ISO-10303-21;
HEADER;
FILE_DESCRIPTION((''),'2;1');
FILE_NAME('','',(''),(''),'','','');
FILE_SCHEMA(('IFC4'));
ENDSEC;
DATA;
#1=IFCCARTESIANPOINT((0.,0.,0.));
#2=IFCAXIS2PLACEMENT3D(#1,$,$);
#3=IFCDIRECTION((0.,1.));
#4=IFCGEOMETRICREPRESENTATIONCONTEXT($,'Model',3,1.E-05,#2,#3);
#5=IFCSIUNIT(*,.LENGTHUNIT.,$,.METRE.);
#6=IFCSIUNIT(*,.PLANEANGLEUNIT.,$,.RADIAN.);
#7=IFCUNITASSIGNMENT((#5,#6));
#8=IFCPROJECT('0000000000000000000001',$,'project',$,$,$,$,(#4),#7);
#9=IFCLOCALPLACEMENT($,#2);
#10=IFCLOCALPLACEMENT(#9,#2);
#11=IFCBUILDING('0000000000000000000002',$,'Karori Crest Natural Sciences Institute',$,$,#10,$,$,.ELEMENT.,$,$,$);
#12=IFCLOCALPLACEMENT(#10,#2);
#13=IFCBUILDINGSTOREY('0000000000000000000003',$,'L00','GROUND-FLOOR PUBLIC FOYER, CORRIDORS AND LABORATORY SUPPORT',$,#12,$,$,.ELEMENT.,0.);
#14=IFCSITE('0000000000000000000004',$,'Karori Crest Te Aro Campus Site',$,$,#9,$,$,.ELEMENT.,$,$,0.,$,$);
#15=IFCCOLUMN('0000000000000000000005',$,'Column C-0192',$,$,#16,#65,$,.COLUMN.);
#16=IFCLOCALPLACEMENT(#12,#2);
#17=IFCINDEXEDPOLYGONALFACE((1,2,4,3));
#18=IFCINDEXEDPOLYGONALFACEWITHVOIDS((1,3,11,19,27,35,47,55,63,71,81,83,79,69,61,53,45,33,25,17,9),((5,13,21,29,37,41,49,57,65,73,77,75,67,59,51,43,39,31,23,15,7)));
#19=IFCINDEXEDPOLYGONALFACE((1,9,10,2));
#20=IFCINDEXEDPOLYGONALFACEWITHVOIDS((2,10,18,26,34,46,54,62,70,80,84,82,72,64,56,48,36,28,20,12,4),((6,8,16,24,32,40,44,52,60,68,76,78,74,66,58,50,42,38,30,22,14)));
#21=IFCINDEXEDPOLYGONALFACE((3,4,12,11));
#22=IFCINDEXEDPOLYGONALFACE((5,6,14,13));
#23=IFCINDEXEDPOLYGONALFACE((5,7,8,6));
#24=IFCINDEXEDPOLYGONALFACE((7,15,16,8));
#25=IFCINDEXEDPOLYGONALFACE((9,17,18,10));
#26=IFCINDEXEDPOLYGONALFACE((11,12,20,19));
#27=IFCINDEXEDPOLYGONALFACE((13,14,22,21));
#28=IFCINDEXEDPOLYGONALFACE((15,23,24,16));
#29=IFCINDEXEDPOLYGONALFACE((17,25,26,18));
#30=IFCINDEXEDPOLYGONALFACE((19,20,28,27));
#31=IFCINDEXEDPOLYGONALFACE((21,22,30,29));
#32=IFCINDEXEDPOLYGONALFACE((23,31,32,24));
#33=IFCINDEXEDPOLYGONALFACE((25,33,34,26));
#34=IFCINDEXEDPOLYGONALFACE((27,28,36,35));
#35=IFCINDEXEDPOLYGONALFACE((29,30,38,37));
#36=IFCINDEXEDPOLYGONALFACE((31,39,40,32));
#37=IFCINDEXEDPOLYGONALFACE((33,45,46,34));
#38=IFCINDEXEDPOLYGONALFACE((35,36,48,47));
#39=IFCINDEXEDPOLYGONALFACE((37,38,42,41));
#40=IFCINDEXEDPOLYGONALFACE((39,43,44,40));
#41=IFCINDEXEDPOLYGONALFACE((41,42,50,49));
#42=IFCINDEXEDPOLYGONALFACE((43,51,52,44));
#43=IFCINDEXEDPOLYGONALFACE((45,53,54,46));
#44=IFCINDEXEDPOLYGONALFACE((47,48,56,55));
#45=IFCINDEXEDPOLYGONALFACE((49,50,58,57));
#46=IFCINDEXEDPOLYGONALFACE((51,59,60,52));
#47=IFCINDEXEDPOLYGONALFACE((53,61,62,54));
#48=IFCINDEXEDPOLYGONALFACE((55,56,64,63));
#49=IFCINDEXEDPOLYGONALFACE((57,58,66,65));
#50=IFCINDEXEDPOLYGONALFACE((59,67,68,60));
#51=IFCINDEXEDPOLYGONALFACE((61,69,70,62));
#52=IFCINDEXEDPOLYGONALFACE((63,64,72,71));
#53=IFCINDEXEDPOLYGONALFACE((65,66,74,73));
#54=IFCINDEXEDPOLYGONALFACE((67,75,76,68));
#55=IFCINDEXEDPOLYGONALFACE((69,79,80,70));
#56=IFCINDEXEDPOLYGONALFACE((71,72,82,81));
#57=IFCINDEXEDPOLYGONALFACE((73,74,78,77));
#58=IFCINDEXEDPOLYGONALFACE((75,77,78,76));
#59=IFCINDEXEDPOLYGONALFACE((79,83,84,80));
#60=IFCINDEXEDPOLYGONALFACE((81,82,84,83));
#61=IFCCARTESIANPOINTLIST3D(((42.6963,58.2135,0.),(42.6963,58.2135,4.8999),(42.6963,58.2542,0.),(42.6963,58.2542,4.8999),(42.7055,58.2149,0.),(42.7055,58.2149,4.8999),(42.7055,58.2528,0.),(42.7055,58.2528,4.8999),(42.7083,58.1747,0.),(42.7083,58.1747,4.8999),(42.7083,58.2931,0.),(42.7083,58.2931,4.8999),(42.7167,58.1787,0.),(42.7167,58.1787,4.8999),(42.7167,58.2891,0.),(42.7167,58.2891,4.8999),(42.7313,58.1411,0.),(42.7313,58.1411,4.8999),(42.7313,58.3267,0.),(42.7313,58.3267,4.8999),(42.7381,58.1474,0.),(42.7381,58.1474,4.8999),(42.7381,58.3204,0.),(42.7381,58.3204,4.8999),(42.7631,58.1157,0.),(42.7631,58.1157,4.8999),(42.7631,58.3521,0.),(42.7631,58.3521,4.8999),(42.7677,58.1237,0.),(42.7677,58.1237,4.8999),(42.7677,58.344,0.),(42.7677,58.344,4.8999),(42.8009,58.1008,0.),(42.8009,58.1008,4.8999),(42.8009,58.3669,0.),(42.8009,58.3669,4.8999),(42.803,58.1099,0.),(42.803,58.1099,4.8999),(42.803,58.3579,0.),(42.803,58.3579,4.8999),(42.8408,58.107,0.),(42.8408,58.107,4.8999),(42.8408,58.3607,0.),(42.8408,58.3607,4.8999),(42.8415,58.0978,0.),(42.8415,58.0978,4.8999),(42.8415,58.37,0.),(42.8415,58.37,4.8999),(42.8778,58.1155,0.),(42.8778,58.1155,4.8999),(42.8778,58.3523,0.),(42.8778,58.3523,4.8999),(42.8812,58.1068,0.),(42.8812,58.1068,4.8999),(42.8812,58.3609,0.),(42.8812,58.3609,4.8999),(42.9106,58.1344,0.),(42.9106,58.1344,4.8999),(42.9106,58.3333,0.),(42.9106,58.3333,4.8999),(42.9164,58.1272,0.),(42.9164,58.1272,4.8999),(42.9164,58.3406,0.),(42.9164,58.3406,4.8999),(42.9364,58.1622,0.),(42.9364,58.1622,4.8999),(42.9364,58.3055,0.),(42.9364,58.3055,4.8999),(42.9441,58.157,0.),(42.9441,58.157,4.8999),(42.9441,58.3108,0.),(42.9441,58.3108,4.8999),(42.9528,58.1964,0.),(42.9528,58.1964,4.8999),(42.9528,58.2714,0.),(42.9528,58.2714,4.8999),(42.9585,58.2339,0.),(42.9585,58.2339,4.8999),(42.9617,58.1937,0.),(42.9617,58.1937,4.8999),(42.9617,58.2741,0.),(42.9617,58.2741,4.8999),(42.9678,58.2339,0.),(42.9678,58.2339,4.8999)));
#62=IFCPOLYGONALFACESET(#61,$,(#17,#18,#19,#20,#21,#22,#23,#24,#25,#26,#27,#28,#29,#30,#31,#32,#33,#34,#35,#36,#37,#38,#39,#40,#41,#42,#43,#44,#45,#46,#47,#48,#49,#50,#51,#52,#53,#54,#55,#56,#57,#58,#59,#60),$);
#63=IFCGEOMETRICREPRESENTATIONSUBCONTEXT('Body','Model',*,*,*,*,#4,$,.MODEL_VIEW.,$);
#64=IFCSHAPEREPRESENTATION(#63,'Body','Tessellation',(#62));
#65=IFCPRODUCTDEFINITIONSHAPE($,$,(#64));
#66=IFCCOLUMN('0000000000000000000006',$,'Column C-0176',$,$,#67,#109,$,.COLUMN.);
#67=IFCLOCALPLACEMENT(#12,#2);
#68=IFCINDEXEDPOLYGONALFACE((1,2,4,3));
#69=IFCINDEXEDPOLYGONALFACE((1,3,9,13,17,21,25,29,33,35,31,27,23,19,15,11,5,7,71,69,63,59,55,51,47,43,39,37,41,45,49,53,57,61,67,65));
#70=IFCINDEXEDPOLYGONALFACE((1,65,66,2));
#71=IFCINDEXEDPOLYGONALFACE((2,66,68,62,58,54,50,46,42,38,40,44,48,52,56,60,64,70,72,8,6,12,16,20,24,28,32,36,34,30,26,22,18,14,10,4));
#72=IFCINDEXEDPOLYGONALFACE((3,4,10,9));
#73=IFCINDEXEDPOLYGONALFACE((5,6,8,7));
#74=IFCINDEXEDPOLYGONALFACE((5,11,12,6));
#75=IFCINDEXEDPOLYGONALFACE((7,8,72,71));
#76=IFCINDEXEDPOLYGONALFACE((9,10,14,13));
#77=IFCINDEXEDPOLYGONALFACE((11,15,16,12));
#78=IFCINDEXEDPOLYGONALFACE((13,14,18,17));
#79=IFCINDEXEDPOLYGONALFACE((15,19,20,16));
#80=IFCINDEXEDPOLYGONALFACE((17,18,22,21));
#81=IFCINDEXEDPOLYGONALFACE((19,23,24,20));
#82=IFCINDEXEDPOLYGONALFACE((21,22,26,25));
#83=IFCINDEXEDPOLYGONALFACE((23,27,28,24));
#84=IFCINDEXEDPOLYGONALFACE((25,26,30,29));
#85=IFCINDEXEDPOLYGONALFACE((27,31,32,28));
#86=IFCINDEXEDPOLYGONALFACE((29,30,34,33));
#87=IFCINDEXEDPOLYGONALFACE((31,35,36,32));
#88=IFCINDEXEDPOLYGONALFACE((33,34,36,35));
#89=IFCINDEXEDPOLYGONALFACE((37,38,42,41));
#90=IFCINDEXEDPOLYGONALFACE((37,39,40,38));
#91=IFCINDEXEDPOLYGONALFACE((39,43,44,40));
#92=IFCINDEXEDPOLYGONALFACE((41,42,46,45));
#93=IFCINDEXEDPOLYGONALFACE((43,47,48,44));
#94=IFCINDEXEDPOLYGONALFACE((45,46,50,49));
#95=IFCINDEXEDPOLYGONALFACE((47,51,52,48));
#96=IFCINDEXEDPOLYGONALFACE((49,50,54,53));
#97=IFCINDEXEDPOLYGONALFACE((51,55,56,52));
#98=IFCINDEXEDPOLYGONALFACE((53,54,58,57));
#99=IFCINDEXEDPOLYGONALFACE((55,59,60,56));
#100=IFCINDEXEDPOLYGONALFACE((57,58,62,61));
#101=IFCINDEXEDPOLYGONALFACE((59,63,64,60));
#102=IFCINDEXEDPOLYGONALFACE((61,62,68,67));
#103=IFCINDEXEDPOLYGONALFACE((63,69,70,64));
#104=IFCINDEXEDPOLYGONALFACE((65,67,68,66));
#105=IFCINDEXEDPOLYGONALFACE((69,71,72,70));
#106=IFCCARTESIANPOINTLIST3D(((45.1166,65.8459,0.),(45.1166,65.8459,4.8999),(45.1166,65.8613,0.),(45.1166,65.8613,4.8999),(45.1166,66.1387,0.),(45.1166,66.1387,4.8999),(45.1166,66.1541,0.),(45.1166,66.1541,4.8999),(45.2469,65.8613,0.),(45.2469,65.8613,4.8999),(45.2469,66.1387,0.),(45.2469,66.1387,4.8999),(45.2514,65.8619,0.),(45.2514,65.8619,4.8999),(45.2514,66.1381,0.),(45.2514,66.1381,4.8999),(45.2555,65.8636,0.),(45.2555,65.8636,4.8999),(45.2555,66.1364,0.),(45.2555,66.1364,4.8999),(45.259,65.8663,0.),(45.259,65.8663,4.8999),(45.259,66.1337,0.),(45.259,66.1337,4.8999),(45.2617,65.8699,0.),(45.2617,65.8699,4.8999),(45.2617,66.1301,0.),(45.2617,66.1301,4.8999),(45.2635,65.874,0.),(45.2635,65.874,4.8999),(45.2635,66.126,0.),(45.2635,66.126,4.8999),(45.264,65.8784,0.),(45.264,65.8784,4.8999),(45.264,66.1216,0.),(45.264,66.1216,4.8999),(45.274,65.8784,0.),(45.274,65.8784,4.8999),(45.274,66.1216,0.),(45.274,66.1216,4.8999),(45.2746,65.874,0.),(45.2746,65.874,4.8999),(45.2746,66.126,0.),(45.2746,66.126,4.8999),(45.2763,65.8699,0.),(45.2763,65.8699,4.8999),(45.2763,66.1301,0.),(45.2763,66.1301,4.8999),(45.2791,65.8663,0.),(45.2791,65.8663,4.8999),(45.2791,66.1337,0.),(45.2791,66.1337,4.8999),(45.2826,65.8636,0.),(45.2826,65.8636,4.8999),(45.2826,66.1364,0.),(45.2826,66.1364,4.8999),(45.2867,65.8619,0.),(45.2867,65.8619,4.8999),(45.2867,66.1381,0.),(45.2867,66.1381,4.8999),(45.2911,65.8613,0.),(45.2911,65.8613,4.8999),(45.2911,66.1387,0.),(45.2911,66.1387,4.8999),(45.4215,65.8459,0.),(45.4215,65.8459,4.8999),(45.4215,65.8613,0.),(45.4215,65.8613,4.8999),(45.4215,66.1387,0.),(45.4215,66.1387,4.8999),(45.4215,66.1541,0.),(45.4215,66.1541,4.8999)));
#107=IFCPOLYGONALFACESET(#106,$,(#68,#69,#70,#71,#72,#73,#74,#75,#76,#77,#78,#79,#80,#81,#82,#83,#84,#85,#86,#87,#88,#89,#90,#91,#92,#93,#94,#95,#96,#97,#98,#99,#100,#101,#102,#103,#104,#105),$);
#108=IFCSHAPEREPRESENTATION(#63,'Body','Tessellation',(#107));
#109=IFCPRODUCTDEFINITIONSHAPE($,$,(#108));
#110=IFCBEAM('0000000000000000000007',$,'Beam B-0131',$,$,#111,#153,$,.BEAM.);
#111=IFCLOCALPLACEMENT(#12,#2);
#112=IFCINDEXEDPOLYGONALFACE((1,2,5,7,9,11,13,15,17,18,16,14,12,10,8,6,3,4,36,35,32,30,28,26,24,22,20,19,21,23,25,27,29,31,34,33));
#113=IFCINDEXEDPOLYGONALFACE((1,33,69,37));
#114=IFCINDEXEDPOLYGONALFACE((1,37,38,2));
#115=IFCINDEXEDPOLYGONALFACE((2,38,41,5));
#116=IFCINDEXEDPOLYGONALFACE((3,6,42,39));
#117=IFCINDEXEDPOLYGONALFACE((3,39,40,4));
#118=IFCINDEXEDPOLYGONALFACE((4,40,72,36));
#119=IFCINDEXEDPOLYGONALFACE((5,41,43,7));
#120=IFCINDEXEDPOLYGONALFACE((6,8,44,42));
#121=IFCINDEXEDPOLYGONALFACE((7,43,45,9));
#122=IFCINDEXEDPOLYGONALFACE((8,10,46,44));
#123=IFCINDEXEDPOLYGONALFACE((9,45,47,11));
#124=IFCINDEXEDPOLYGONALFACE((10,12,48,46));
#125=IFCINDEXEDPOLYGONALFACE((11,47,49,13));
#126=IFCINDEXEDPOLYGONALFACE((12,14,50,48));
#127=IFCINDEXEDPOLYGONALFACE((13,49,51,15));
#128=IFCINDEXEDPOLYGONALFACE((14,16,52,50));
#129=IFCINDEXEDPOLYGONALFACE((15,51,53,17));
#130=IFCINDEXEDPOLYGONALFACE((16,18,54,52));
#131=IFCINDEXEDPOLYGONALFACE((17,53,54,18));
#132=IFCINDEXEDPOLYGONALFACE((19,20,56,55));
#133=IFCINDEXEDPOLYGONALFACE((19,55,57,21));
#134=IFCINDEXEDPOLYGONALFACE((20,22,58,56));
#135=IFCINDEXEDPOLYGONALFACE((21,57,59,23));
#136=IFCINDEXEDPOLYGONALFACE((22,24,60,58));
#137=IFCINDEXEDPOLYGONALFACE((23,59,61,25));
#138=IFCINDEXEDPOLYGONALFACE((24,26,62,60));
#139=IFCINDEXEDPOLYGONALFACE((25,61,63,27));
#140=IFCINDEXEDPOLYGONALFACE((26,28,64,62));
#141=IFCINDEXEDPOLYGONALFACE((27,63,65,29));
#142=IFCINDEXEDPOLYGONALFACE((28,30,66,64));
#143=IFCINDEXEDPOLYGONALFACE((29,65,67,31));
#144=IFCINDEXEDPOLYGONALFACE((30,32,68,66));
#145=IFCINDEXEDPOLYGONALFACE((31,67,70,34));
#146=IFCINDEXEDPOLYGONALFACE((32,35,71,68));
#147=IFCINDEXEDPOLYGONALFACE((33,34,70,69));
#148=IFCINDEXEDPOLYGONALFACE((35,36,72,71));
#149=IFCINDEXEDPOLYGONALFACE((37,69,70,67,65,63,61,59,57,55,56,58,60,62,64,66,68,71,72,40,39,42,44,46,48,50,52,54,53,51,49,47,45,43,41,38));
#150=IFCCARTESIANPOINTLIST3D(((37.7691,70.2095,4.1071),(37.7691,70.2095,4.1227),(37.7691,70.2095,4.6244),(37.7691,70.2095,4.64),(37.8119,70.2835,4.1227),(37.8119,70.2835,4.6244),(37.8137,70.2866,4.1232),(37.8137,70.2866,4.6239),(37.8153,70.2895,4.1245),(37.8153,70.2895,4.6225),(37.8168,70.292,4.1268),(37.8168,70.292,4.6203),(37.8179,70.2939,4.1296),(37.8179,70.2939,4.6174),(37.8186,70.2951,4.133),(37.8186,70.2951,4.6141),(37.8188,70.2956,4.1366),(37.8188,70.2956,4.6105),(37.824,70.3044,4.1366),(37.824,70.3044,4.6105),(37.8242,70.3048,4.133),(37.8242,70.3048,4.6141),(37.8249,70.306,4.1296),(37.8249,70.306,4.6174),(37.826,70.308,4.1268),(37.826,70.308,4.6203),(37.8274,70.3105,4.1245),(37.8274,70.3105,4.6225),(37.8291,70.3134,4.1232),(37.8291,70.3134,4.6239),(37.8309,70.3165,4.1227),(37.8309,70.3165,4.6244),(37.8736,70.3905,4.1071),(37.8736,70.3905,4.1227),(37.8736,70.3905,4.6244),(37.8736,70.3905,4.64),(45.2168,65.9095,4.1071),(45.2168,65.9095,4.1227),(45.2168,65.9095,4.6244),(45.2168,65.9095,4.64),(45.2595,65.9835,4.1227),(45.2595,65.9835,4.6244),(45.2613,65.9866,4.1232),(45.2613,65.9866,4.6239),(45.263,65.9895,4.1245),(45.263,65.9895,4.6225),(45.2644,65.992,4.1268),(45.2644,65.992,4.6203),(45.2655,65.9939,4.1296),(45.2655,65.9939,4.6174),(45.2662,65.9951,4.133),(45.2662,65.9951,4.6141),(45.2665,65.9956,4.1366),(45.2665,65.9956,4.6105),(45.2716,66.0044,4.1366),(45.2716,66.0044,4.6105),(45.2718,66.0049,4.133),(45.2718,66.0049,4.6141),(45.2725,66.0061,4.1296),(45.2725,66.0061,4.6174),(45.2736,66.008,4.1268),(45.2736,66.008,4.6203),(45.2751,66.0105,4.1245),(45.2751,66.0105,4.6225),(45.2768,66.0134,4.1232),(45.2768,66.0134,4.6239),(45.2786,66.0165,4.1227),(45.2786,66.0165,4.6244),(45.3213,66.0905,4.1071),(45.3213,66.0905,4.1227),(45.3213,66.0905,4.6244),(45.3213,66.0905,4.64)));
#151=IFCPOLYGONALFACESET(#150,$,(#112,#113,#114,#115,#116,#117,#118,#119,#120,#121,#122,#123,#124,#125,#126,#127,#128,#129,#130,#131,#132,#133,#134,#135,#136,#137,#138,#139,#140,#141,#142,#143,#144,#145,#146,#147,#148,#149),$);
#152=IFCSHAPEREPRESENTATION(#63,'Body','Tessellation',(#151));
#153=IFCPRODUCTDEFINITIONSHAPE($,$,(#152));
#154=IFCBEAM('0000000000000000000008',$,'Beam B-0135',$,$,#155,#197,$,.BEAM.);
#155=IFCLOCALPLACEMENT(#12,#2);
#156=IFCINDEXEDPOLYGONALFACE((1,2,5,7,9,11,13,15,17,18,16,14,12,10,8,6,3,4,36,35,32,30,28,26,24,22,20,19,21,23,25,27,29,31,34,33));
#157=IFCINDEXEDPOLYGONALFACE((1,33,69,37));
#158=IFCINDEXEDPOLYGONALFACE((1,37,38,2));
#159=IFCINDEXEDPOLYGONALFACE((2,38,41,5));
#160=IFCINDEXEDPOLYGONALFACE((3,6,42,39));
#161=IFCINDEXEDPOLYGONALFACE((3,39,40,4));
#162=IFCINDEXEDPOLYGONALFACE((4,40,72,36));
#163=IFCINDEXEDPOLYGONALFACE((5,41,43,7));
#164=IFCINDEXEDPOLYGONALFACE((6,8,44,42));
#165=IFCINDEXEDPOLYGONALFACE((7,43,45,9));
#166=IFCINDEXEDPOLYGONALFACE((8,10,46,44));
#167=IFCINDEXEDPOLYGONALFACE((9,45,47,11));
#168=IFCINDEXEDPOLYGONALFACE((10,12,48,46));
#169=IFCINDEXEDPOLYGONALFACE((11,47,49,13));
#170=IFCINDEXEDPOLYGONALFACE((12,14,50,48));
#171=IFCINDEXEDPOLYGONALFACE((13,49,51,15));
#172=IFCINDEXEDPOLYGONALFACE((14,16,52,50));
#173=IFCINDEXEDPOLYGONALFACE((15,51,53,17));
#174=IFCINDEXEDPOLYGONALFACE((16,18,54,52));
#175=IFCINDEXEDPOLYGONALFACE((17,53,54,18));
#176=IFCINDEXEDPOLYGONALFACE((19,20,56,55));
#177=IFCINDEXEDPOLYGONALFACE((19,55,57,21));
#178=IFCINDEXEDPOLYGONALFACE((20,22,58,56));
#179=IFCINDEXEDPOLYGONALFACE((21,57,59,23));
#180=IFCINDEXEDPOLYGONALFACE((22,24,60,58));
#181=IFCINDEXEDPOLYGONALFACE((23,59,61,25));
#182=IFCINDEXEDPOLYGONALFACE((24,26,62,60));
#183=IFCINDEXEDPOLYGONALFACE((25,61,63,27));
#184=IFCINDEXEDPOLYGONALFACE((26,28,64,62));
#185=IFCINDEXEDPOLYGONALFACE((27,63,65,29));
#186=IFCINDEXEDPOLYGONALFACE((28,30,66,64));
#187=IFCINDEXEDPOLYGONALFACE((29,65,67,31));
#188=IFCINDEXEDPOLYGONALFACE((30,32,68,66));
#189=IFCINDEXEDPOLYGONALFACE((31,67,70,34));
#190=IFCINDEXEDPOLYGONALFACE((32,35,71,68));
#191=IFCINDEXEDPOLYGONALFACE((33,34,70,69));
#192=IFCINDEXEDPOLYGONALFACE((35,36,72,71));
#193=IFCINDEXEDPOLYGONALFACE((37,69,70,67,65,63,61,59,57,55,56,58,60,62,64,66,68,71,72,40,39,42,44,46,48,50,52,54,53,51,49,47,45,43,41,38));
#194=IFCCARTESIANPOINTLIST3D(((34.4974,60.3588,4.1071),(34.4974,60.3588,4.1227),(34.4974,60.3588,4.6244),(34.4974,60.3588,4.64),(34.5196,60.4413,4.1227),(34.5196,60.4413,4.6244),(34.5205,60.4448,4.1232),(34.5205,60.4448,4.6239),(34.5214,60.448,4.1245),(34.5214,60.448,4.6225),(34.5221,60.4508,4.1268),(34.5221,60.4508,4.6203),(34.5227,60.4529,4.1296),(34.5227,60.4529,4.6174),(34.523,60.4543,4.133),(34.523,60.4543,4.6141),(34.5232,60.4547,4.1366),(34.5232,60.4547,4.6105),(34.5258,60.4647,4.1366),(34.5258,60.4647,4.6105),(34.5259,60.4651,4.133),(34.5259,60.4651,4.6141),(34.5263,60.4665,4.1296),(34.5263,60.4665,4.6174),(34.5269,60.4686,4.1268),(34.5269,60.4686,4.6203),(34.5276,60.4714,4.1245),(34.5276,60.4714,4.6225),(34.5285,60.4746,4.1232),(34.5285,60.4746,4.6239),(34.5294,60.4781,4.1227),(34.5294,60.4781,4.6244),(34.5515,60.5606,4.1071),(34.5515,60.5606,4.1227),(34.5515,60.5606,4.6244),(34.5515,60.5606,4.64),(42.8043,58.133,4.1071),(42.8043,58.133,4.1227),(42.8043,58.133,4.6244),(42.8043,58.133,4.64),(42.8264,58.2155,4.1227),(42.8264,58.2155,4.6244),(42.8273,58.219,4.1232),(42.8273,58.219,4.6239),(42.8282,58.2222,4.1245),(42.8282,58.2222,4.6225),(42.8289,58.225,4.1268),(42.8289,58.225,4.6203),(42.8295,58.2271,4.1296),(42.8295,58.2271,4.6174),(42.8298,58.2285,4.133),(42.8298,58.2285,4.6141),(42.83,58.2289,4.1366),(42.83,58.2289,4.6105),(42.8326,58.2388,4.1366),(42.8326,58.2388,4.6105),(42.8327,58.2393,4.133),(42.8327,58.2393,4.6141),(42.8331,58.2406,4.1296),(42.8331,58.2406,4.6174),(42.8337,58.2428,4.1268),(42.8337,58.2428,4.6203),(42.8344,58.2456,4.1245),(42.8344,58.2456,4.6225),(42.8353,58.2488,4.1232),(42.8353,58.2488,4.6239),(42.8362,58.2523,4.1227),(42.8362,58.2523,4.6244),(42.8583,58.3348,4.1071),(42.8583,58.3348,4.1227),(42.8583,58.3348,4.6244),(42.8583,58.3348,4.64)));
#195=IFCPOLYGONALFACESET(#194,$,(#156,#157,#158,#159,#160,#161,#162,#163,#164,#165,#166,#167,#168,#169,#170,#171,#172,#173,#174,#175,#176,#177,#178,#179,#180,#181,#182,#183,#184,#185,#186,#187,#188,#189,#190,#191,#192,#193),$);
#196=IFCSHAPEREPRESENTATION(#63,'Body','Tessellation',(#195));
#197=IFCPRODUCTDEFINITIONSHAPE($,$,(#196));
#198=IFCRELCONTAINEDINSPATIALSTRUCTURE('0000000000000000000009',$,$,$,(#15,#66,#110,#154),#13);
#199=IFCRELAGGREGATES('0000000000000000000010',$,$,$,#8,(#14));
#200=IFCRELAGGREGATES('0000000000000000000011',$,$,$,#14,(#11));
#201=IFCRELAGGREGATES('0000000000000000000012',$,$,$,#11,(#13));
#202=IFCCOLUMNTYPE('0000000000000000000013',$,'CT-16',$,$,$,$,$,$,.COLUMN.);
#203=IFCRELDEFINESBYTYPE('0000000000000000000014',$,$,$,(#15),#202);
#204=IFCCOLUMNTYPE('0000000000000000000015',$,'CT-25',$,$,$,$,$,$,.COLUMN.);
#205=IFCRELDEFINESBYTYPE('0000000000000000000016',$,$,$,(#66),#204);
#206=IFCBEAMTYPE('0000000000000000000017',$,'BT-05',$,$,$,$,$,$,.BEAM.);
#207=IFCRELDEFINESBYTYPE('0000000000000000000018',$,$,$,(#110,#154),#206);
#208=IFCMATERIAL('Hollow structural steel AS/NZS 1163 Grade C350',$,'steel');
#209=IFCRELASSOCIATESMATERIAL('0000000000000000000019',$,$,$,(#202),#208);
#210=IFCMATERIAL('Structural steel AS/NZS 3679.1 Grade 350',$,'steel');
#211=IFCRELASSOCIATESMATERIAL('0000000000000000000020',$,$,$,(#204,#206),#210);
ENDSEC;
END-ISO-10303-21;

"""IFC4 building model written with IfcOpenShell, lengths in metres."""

from ifc_helpers import new_model, si_unit, direction, frame, origin, origin_2d, place, context, subcontext, project, spatial, hollow_circle, i_section, extrude, material, material_profile, profile_set, type_object, element, save


model = new_model("IFC4")

# Units and contexts
model_context = context("Model", 3, precision=1e-05, world=origin(), true_north=direction((0.0, 1.0)))
body_context = subcontext(model_context, "Body", "Model", "MODEL_VIEW")
ifc_project = project(units=[si_unit("LENGTHUNIT", "METRE"), si_unit("PLANEANGLEUNIT", "RADIAN")], contexts=[model_context])

# Site, building, storey
site_placement = place(None, origin())
site = spatial("IfcSite", under=ifc_project, at=site_placement, Name="Karori Crest Te Aro Campus Site", CompositionType="ELEMENT", RefElevation=0.0)
building_placement = place(site_placement, origin())
building = spatial("IfcBuilding", under=site, at=building_placement, Name="Karori Crest Natural Sciences Institute", CompositionType="ELEMENT")
storey_placement = place(building_placement, origin())
storey = spatial("IfcBuildingStorey", under=building, at=storey_placement, Name="L00", Description="GROUND-FLOOR PUBLIC FOYER, CORRIDORS AND LABORATORY SUPPORT", CompositionType="ELEMENT", Elevation=0.0)

# Columns
ifc_material_1 = material(Name="Hollow structural steel AS/NZS 1163 Grade C350", Category="steel")
ifc_material_profile_1 = material_profile(ifc_material_1, hollow_circle(Radius=0.1365, WallThickness=0.0093, at=origin_2d()), Name="CHS273.0x9.3")
ifc_profile_set_1 = profile_set([ifc_material_profile_1], Name="Hollow structural steel AS/NZS 1163 Grade C350")
column_type_1 = type_object("IfcColumnType", Name="CT-16", PredefinedType="COLUMN", material=ifc_profile_set_1)
column_1_placement = place(storey_placement, frame((42.8313, 58.2339, 0.0), z_axis=(0.0, 0.0, 1.0), x_axis=(1.0, 0.0, 0.0)))
element("IfcColumn", 1, at=column_1_placement, inside=storey, type_object=column_type_1, Name="Column C-0192", PredefinedType="COLUMN", context=body_context, shape_type="SweptSolid", body=[
    extrude(hollow_circle(Radius=0.1365, WallThickness=0.0093, at=origin_2d()), origin(), (0.0, 0.0, 1.0), 4.8999),
])
ifc_material_2 = material(Name="Structural steel AS/NZS 3679.1 Grade 350", Category="steel")
ifc_material_profile_2 = material_profile(ifc_material_2, i_section(OverallWidth=0.3049, OverallDepth=0.3081, WebThickness=0.01, FlangeThickness=0.0154, FilletRadius=0.0171, at=origin_2d()), Name="310UC96.8")
ifc_profile_set_2 = profile_set([ifc_material_profile_2], Name="Structural steel AS/NZS 3679.1 Grade 350")
column_type_2 = type_object("IfcColumnType", Name="CT-25", PredefinedType="COLUMN", material=ifc_profile_set_2)
column_2_placement = place(storey_placement, frame((45.269, 66.0, 0.0), z_axis=(0.0, 0.0, 1.0), x_axis=(1.0, 0.0, 0.0)))
element("IfcColumn", 2, at=column_2_placement, inside=storey, type_object=column_type_2, Name="Column C-0176", PredefinedType="COLUMN", context=body_context, shape_type="SweptSolid", body=[
    extrude(i_section(OverallWidth=0.3049, OverallDepth=0.3081, WebThickness=0.01, FlangeThickness=0.0154, FilletRadius=0.0171, at=origin_2d()), origin(), (0.0, 0.0, 1.0), 4.8999),
])

# Beams
ifc_material_profile_3 = material_profile(ifc_material_2, i_section(OverallWidth=0.209, OverallDepth=0.533, WebThickness=0.0103, FlangeThickness=0.0156, FilletRadius=0.0139, at=origin_2d()), Name="530UB92.4")
ifc_profile_set_3 = profile_set([ifc_material_profile_3], Name="Structural steel AS/NZS 3679.1 Grade 350")
beam_type_1 = type_object("IfcBeamType", Name="BT-05", PredefinedType="BEAM", material=ifc_profile_set_3)
for number, where, z_axis, x_axis, name in (
    (3, (45.269, 66.0, 4.3735), (-0.866021, 0.500008, 0.0), (-0.500008, -0.866021, 0.0), "Beam B-0131"),
    (4, (42.8313, 58.2339, 4.3735), (-0.965926, 0.25882, 0.0), (-0.25882, -0.965926, 0.0), "Beam B-0135"),
):
    element("IfcBeam", number, at=place(storey_placement, frame(where, z_axis=z_axis, x_axis=x_axis)), inside=storey, type_object=beam_type_1, Name=name, PredefinedType="BEAM", context=body_context, shape_type="SweptSolid", body=[
        extrude(i_section(OverallWidth=0.209, OverallDepth=0.533, WebThickness=0.0103, FlangeThickness=0.0156, FilletRadius=0.0139, at=origin_2d()), origin(), (0.0, 0.0, 1.0), 8.5999),
    ])

save(model, "model.ifc")
